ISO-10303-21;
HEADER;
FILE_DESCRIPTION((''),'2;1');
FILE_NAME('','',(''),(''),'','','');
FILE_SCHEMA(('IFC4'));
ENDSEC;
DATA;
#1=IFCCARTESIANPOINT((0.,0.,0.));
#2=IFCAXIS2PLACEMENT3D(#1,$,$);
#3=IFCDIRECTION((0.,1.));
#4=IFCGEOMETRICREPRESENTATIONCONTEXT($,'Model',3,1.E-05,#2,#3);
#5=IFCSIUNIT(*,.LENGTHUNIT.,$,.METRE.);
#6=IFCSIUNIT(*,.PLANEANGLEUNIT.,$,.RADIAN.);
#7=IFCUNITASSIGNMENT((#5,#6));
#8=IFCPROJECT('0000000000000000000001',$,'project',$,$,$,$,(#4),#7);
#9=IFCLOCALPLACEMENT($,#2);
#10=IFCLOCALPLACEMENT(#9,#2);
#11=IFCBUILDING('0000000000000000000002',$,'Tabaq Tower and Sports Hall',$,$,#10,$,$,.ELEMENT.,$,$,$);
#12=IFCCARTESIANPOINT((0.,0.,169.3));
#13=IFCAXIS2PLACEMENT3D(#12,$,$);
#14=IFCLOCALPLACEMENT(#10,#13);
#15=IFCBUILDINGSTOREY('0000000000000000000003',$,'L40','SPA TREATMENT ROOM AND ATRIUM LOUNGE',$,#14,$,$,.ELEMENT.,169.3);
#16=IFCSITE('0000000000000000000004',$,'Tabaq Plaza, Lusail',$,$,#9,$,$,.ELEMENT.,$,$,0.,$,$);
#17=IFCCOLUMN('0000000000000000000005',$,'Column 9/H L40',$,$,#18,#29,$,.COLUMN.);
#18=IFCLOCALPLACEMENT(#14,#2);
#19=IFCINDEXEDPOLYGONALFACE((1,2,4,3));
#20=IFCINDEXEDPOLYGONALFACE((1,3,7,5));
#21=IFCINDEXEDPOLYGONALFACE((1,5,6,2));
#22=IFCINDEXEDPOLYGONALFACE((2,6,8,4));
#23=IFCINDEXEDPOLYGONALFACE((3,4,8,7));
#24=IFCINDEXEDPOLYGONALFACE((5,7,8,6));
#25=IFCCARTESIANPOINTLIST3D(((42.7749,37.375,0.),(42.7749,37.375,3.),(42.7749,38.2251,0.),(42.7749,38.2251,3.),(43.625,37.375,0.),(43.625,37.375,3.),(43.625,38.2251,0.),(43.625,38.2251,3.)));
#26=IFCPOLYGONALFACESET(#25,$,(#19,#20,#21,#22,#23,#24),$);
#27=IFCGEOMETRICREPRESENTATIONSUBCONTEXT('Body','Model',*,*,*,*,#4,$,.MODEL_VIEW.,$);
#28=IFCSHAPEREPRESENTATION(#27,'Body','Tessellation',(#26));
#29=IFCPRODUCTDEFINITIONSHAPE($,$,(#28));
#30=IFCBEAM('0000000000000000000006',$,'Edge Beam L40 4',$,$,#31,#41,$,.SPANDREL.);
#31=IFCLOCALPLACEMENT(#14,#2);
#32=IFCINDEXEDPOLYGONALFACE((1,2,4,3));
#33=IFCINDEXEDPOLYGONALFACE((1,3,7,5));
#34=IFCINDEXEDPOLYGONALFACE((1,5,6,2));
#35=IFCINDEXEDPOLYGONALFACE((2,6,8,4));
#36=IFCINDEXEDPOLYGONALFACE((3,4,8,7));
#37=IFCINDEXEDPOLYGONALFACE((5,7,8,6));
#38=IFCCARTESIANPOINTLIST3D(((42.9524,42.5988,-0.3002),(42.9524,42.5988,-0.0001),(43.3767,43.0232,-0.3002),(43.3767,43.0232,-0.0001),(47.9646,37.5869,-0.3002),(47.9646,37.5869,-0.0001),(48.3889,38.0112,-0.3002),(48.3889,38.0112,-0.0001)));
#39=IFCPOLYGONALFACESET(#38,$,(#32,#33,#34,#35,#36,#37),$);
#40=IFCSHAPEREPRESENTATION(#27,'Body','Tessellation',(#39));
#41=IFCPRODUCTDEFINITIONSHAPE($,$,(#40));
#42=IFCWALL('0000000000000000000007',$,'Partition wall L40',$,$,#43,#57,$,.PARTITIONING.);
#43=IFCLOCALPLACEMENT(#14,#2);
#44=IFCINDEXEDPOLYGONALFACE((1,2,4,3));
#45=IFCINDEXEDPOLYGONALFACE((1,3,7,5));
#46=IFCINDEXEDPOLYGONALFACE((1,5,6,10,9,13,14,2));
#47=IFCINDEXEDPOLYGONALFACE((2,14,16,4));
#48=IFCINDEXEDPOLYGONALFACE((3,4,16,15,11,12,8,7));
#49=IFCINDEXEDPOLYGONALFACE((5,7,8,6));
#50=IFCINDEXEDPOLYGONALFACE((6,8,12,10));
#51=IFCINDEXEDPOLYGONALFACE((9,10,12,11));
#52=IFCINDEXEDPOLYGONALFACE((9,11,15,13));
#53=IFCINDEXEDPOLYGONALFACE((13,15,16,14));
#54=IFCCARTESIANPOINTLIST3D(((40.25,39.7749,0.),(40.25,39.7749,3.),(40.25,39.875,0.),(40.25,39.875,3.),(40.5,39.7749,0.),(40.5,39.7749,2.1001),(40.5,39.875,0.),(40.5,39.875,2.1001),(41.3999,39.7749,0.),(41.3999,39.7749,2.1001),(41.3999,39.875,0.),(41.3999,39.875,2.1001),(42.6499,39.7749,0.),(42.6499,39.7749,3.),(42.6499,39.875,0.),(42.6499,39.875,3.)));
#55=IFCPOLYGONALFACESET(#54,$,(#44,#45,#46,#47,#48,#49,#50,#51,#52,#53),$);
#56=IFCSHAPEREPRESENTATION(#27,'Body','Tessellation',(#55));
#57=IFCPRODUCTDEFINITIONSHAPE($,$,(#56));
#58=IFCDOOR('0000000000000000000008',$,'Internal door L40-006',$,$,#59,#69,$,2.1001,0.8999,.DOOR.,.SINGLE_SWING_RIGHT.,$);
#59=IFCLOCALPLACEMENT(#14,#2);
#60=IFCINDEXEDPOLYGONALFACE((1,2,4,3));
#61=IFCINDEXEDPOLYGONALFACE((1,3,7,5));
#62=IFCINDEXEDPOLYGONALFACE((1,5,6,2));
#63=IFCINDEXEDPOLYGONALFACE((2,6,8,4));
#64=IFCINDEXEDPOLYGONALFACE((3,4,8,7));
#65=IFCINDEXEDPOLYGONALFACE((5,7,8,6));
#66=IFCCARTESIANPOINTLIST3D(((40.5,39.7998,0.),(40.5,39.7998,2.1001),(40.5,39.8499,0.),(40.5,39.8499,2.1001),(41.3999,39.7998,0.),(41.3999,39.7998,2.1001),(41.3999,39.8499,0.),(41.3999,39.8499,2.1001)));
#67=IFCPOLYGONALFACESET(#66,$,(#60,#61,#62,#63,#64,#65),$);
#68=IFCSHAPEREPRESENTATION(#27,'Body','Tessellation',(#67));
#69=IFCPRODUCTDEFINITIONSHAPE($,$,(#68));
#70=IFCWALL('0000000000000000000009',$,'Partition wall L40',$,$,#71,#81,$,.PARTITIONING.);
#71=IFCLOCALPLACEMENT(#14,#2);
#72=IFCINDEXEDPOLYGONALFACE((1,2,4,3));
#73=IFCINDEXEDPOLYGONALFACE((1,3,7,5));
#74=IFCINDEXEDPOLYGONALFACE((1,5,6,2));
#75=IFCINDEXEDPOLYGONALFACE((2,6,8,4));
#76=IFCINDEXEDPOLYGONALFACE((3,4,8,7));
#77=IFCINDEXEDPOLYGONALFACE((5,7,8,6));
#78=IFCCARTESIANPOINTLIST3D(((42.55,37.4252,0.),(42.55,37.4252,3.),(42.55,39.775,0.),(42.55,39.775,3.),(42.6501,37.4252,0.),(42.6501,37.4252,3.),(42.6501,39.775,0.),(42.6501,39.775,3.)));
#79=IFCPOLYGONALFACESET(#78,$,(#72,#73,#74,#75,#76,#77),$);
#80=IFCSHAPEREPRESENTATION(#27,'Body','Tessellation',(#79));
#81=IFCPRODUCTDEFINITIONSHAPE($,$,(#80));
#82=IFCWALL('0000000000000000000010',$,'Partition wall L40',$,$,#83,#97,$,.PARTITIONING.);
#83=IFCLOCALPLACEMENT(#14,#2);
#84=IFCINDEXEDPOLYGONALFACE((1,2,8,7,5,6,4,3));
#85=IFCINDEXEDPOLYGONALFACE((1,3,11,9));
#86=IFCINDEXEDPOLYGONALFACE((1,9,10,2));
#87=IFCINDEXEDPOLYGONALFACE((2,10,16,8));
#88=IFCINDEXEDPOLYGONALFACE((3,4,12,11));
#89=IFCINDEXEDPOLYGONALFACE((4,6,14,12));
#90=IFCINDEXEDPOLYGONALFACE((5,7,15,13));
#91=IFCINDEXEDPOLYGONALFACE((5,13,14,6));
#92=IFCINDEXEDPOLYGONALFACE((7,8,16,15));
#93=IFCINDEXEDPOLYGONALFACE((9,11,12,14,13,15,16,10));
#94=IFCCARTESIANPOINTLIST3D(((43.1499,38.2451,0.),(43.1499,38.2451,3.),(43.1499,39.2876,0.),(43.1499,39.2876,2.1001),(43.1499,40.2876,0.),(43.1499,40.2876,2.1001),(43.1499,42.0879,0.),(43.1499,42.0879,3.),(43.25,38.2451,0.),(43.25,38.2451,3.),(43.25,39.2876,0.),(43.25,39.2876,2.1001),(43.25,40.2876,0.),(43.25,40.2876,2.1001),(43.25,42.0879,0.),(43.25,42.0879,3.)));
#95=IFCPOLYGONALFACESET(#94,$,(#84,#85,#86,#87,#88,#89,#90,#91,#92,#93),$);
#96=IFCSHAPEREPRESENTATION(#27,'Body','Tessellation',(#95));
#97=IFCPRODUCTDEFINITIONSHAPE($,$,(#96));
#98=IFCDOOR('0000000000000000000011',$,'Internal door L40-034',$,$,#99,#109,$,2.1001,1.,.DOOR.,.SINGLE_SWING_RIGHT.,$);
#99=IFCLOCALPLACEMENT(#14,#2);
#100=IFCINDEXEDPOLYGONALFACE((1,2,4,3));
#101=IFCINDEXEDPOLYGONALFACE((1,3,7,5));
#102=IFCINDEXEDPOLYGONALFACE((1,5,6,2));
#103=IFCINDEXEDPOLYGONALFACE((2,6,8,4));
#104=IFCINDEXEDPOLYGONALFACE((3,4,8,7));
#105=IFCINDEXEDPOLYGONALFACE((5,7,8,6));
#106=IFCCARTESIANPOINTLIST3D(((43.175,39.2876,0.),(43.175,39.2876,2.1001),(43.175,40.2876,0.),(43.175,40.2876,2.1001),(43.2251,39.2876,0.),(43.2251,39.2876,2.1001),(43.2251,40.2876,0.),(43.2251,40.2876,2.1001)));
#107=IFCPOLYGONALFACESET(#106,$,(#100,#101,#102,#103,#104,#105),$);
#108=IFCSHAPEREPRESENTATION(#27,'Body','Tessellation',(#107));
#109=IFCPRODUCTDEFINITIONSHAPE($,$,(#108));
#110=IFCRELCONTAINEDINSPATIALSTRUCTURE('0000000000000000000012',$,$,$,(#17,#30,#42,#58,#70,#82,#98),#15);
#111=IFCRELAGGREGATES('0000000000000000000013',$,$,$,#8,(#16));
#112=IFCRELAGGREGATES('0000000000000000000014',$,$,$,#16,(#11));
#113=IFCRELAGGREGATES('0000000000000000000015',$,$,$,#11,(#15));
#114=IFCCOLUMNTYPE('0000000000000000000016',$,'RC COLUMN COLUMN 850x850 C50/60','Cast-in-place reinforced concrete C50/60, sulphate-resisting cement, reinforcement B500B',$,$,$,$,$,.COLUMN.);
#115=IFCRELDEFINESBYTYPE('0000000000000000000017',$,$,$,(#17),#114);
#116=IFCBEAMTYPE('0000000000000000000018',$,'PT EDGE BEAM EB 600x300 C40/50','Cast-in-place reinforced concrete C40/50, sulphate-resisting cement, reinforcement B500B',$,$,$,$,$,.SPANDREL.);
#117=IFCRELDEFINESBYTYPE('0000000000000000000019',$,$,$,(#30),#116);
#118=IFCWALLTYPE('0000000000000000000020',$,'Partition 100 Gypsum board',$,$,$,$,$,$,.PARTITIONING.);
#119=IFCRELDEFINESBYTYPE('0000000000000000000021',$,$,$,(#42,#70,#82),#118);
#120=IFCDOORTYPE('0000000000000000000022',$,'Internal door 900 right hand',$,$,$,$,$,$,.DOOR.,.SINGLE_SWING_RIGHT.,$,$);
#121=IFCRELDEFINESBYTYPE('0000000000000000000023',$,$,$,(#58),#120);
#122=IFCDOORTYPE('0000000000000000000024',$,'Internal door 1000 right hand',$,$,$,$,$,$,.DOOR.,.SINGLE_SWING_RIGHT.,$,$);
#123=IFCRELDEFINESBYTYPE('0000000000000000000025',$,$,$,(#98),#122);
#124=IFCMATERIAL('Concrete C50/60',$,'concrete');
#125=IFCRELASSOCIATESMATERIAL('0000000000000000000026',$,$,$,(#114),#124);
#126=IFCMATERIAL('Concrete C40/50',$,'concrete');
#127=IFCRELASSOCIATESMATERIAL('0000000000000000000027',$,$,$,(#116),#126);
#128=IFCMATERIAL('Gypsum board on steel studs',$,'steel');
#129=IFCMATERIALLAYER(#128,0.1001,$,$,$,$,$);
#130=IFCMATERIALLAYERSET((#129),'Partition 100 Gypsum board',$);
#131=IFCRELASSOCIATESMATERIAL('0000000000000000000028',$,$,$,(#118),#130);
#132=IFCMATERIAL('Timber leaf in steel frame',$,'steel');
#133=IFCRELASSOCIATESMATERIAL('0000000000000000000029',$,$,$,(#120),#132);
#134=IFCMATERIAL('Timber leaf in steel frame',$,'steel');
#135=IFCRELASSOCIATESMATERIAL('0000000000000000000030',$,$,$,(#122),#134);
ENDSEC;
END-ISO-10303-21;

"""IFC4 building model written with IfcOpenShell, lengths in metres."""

from ifc_helpers import new_model, si_unit, direction, frame, frame_2d, origin, origin_2d, place, context, subcontext, project, spatial, rectangle, extrude, material, layer, layer_set, material_profile, profile_set, type_object, element, fill, save


model = new_model("IFC4")

# Units and contexts
model_context = context("Model", 3, precision=1e-05, world=origin(), true_north=direction((0.0, 1.0)))
body_context = subcontext(model_context, "Body", "Model", "MODEL_VIEW")
ifc_project = project(units=[si_unit("LENGTHUNIT", "METRE"), si_unit("PLANEANGLEUNIT", "RADIAN")], contexts=[model_context])

# Site, building, storey
site_placement = place(None, origin())
site = spatial("IfcSite", under=ifc_project, at=site_placement, Name="Tabaq Plaza, Lusail", CompositionType="ELEMENT", RefElevation=0.0)
building_placement = place(site_placement, origin())
building = spatial("IfcBuilding", under=site, at=building_placement, Name="Tabaq Tower and Sports Hall", CompositionType="ELEMENT")
storey_placement = place(building_placement, frame((0.0, 0.0, 169.3)))
storey = spatial("IfcBuildingStorey", under=building, at=storey_placement, Name="L40", Description="SPA TREATMENT ROOM AND ATRIUM LOUNGE", CompositionType="ELEMENT", Elevation=169.3)

# Column
ifc_material_1 = material(Name="Concrete C50/60", Category="concrete")
ifc_material_profile_1 = material_profile(ifc_material_1, rectangle(XDim=0.8501, YDim=0.8501, at=origin_2d()), Name="COLUMN 850x850")
ifc_profile_set_1 = profile_set([ifc_material_profile_1], Name="Concrete C50/60")
column_type = type_object("IfcColumnType", Name="RC COLUMN COLUMN 850x850 C50/60", Description="Cast-in-place reinforced concrete C50/60, sulphate-resisting cement, reinforcement B500B", PredefinedType="COLUMN", material=ifc_profile_set_1)
column_placement = place(storey_placement, frame((43.2, 37.8, 0.0), z_axis=(0.0, 0.0, 1.0), x_axis=(1.0, 0.0, 0.0)))
element("IfcColumn", 1, at=column_placement, inside=storey, type_object=column_type, Name="Column 9/H L40", PredefinedType="COLUMN", context=body_context, shape_type="SweptSolid", body=[
    extrude(rectangle(XDim=0.8501, YDim=0.8501, at=origin_2d()), origin(), (0.0, 0.0, 1.0), 3.0),
])

# Beam
ifc_material_2 = material(Name="Concrete C40/50", Category="concrete")
ifc_material_profile_2 = material_profile(ifc_material_2, rectangle(XDim=0.6001, YDim=0.3, at=origin_2d()), Name="EB 600x300")
ifc_profile_set_2 = profile_set([ifc_material_profile_2], Name="Concrete C40/50")
beam_type = type_object("IfcBeamType", Name="PT EDGE BEAM EB 600x300 C40/50", Description="Cast-in-place reinforced concrete C40/50, sulphate-resisting cement, reinforcement B500B", PredefinedType="SPANDREL", material=ifc_profile_set_2)
beam_placement = place(storey_placement, frame((48.1768, 37.7991, -0.1501), z_axis=(-0.707124, 0.70709, 0.0), x_axis=(-0.70709, -0.707124, 0.0)))
element("IfcBeam", 2, at=beam_placement, inside=storey, type_object=beam_type, Name="Edge Beam L40 4", PredefinedType="SPANDREL", context=body_context, shape_type="SweptSolid", body=[
    extrude(rectangle(XDim=0.6001, YDim=0.3, at=origin_2d()), origin(), (0.0, 0.0, 1.0), 7.0881),
])

# Wall, opening, door
ifc_material_3 = material(Name="Gypsum board on steel studs", Category="steel")
ifc_layer_1 = layer(ifc_material_3, 0.1001)
ifc_layer_set_1 = layer_set([ifc_layer_1], Name="Partition 100 Gypsum board")
wall_type_1 = type_object("IfcWallType", Name="Partition 100 Gypsum board", PredefinedType="PARTITIONING", material=ifc_layer_set_1)
wall_1_placement = place(storey_placement, frame((40.25, 39.825, 0.0), z_axis=(0.0, 0.0, 1.0), x_axis=(1.0, 0.0, 0.0)))
wall_1 = element("IfcWall", 3, at=wall_1_placement, inside=storey, type_object=wall_type_1, Name="Partition wall L40", PredefinedType="PARTITIONING", context=body_context, shape_type="SweptSolid", body=[
    extrude(rectangle(XDim=2.3999, YDim=0.1001, at=frame_2d((1.2, 0.0))), origin(), (0.0, 0.0, 1.0), 3.0),
])
opening_1_placement = place(wall_1_placement, frame((0.25, 0.0, 0.0)))
opening_1 = element("IfcOpeningElement", 4, at=opening_1_placement, cuts=wall_1, PredefinedType="OPENING", context=body_context, shape_type="SweptSolid", body=[
    extrude(rectangle(XDim=0.8999, YDim=2.1001, at=frame_2d((0.45, 1.05))), frame((0.0, 0.05, 0.0), z_axis=(0.0, -1.0, 0.0), x_axis=(1.0, 0.0, 0.0)), (0.0, 0.0, 1.0), 0.1001),
])
ifc_material_4 = material(Name="Timber leaf in steel frame", Category="steel")
door_type_1 = type_object("IfcDoorType", Name="Internal door 900 right hand", OperationType="SINGLE_SWING_RIGHT", PredefinedType="DOOR", material=ifc_material_4)
door_1_placement = place(opening_1_placement, origin())
door_1 = element("IfcDoor", 5, at=door_1_placement, inside=storey, type_object=door_type_1, Name="Internal door L40-006", OperationType="SINGLE_SWING_RIGHT", OverallHeight=2.1001, OverallWidth=0.8999, PredefinedType="DOOR", context=body_context, shape_type="SweptSolid", body=[
    extrude(rectangle(XDim=0.8999, YDim=2.1001, at=frame_2d((0.45, 1.05))), frame((0.0, 0.0249, 0.0), z_axis=(0.0, -1.0, 0.0), x_axis=(1.0, 0.0, 0.0)), (0.0, 0.0, 1.0), 0.05),
])
fill(opening_1, door_1)

# Wall
wall_2_placement = place(storey_placement, frame((42.6001, 39.7749, 0.0), z_axis=(0.0, 0.0, 1.0), x_axis=(0.0, -1.0, 0.0)))
element("IfcWall", 6, at=wall_2_placement, inside=storey, type_object=wall_type_1, Name="Partition wall L40", PredefinedType="PARTITIONING", context=body_context, shape_type="SweptSolid", body=[
    extrude(rectangle(XDim=2.3499, YDim=0.1001, at=frame_2d((1.1748, 0.0))), origin(), (0.0, 0.0, 1.0), 3.0),
])

# Wall, opening, door
wall_3_placement = place(storey_placement, frame((43.2, 38.2451, 0.0), z_axis=(0.0, 0.0, 1.0), x_axis=(0.0, 1.0, 0.0)))
wall_3 = element("IfcWall", 7, at=wall_3_placement, inside=storey, type_object=wall_type_1, Name="Partition wall L40", PredefinedType="PARTITIONING", context=body_context, shape_type="SweptSolid", body=[
    extrude(rectangle(XDim=3.8428, YDim=0.1001, at=frame_2d((1.9214, 0.0))), origin(), (0.0, 0.0, 1.0), 3.0),
])
opening_2_placement = place(wall_3_placement, frame((1.0425, 0.0, 0.0)))
opening_2 = element("IfcOpeningElement", 8, at=opening_2_placement, cuts=wall_3, PredefinedType="OPENING", context=body_context, shape_type="SweptSolid", body=[
    extrude(rectangle(XDim=1.0, YDim=2.1001, at=frame_2d((0.5, 1.05))), frame((0.0, 0.05, 0.0), z_axis=(0.0, -1.0, 0.0), x_axis=(1.0, 0.0, 0.0)), (0.0, 0.0, 1.0), 0.1001),
])
ifc_material_5 = material(Name="Timber leaf in steel frame", Category="steel")
door_type_2 = type_object("IfcDoorType", Name="Internal door 1000 right hand", OperationType="SINGLE_SWING_RIGHT", PredefinedType="DOOR", material=ifc_material_5)
door_2_placement = place(opening_2_placement, origin())
door_2 = element("IfcDoor", 9, at=door_2_placement, inside=storey, type_object=door_type_2, Name="Internal door L40-034", OperationType="SINGLE_SWING_RIGHT", OverallHeight=2.1001, OverallWidth=1.0, PredefinedType="DOOR", context=body_context, shape_type="SweptSolid", body=[
    extrude(rectangle(XDim=1.0, YDim=2.1001, at=frame_2d((0.5, 1.05))), frame((0.0, 0.0249, 0.0), z_axis=(0.0, -1.0, 0.0), x_axis=(1.0, 0.0, 0.0)), (0.0, 0.0, 1.0), 0.05),
])
fill(opening_2, door_2)

save(model, "model.ifc")
